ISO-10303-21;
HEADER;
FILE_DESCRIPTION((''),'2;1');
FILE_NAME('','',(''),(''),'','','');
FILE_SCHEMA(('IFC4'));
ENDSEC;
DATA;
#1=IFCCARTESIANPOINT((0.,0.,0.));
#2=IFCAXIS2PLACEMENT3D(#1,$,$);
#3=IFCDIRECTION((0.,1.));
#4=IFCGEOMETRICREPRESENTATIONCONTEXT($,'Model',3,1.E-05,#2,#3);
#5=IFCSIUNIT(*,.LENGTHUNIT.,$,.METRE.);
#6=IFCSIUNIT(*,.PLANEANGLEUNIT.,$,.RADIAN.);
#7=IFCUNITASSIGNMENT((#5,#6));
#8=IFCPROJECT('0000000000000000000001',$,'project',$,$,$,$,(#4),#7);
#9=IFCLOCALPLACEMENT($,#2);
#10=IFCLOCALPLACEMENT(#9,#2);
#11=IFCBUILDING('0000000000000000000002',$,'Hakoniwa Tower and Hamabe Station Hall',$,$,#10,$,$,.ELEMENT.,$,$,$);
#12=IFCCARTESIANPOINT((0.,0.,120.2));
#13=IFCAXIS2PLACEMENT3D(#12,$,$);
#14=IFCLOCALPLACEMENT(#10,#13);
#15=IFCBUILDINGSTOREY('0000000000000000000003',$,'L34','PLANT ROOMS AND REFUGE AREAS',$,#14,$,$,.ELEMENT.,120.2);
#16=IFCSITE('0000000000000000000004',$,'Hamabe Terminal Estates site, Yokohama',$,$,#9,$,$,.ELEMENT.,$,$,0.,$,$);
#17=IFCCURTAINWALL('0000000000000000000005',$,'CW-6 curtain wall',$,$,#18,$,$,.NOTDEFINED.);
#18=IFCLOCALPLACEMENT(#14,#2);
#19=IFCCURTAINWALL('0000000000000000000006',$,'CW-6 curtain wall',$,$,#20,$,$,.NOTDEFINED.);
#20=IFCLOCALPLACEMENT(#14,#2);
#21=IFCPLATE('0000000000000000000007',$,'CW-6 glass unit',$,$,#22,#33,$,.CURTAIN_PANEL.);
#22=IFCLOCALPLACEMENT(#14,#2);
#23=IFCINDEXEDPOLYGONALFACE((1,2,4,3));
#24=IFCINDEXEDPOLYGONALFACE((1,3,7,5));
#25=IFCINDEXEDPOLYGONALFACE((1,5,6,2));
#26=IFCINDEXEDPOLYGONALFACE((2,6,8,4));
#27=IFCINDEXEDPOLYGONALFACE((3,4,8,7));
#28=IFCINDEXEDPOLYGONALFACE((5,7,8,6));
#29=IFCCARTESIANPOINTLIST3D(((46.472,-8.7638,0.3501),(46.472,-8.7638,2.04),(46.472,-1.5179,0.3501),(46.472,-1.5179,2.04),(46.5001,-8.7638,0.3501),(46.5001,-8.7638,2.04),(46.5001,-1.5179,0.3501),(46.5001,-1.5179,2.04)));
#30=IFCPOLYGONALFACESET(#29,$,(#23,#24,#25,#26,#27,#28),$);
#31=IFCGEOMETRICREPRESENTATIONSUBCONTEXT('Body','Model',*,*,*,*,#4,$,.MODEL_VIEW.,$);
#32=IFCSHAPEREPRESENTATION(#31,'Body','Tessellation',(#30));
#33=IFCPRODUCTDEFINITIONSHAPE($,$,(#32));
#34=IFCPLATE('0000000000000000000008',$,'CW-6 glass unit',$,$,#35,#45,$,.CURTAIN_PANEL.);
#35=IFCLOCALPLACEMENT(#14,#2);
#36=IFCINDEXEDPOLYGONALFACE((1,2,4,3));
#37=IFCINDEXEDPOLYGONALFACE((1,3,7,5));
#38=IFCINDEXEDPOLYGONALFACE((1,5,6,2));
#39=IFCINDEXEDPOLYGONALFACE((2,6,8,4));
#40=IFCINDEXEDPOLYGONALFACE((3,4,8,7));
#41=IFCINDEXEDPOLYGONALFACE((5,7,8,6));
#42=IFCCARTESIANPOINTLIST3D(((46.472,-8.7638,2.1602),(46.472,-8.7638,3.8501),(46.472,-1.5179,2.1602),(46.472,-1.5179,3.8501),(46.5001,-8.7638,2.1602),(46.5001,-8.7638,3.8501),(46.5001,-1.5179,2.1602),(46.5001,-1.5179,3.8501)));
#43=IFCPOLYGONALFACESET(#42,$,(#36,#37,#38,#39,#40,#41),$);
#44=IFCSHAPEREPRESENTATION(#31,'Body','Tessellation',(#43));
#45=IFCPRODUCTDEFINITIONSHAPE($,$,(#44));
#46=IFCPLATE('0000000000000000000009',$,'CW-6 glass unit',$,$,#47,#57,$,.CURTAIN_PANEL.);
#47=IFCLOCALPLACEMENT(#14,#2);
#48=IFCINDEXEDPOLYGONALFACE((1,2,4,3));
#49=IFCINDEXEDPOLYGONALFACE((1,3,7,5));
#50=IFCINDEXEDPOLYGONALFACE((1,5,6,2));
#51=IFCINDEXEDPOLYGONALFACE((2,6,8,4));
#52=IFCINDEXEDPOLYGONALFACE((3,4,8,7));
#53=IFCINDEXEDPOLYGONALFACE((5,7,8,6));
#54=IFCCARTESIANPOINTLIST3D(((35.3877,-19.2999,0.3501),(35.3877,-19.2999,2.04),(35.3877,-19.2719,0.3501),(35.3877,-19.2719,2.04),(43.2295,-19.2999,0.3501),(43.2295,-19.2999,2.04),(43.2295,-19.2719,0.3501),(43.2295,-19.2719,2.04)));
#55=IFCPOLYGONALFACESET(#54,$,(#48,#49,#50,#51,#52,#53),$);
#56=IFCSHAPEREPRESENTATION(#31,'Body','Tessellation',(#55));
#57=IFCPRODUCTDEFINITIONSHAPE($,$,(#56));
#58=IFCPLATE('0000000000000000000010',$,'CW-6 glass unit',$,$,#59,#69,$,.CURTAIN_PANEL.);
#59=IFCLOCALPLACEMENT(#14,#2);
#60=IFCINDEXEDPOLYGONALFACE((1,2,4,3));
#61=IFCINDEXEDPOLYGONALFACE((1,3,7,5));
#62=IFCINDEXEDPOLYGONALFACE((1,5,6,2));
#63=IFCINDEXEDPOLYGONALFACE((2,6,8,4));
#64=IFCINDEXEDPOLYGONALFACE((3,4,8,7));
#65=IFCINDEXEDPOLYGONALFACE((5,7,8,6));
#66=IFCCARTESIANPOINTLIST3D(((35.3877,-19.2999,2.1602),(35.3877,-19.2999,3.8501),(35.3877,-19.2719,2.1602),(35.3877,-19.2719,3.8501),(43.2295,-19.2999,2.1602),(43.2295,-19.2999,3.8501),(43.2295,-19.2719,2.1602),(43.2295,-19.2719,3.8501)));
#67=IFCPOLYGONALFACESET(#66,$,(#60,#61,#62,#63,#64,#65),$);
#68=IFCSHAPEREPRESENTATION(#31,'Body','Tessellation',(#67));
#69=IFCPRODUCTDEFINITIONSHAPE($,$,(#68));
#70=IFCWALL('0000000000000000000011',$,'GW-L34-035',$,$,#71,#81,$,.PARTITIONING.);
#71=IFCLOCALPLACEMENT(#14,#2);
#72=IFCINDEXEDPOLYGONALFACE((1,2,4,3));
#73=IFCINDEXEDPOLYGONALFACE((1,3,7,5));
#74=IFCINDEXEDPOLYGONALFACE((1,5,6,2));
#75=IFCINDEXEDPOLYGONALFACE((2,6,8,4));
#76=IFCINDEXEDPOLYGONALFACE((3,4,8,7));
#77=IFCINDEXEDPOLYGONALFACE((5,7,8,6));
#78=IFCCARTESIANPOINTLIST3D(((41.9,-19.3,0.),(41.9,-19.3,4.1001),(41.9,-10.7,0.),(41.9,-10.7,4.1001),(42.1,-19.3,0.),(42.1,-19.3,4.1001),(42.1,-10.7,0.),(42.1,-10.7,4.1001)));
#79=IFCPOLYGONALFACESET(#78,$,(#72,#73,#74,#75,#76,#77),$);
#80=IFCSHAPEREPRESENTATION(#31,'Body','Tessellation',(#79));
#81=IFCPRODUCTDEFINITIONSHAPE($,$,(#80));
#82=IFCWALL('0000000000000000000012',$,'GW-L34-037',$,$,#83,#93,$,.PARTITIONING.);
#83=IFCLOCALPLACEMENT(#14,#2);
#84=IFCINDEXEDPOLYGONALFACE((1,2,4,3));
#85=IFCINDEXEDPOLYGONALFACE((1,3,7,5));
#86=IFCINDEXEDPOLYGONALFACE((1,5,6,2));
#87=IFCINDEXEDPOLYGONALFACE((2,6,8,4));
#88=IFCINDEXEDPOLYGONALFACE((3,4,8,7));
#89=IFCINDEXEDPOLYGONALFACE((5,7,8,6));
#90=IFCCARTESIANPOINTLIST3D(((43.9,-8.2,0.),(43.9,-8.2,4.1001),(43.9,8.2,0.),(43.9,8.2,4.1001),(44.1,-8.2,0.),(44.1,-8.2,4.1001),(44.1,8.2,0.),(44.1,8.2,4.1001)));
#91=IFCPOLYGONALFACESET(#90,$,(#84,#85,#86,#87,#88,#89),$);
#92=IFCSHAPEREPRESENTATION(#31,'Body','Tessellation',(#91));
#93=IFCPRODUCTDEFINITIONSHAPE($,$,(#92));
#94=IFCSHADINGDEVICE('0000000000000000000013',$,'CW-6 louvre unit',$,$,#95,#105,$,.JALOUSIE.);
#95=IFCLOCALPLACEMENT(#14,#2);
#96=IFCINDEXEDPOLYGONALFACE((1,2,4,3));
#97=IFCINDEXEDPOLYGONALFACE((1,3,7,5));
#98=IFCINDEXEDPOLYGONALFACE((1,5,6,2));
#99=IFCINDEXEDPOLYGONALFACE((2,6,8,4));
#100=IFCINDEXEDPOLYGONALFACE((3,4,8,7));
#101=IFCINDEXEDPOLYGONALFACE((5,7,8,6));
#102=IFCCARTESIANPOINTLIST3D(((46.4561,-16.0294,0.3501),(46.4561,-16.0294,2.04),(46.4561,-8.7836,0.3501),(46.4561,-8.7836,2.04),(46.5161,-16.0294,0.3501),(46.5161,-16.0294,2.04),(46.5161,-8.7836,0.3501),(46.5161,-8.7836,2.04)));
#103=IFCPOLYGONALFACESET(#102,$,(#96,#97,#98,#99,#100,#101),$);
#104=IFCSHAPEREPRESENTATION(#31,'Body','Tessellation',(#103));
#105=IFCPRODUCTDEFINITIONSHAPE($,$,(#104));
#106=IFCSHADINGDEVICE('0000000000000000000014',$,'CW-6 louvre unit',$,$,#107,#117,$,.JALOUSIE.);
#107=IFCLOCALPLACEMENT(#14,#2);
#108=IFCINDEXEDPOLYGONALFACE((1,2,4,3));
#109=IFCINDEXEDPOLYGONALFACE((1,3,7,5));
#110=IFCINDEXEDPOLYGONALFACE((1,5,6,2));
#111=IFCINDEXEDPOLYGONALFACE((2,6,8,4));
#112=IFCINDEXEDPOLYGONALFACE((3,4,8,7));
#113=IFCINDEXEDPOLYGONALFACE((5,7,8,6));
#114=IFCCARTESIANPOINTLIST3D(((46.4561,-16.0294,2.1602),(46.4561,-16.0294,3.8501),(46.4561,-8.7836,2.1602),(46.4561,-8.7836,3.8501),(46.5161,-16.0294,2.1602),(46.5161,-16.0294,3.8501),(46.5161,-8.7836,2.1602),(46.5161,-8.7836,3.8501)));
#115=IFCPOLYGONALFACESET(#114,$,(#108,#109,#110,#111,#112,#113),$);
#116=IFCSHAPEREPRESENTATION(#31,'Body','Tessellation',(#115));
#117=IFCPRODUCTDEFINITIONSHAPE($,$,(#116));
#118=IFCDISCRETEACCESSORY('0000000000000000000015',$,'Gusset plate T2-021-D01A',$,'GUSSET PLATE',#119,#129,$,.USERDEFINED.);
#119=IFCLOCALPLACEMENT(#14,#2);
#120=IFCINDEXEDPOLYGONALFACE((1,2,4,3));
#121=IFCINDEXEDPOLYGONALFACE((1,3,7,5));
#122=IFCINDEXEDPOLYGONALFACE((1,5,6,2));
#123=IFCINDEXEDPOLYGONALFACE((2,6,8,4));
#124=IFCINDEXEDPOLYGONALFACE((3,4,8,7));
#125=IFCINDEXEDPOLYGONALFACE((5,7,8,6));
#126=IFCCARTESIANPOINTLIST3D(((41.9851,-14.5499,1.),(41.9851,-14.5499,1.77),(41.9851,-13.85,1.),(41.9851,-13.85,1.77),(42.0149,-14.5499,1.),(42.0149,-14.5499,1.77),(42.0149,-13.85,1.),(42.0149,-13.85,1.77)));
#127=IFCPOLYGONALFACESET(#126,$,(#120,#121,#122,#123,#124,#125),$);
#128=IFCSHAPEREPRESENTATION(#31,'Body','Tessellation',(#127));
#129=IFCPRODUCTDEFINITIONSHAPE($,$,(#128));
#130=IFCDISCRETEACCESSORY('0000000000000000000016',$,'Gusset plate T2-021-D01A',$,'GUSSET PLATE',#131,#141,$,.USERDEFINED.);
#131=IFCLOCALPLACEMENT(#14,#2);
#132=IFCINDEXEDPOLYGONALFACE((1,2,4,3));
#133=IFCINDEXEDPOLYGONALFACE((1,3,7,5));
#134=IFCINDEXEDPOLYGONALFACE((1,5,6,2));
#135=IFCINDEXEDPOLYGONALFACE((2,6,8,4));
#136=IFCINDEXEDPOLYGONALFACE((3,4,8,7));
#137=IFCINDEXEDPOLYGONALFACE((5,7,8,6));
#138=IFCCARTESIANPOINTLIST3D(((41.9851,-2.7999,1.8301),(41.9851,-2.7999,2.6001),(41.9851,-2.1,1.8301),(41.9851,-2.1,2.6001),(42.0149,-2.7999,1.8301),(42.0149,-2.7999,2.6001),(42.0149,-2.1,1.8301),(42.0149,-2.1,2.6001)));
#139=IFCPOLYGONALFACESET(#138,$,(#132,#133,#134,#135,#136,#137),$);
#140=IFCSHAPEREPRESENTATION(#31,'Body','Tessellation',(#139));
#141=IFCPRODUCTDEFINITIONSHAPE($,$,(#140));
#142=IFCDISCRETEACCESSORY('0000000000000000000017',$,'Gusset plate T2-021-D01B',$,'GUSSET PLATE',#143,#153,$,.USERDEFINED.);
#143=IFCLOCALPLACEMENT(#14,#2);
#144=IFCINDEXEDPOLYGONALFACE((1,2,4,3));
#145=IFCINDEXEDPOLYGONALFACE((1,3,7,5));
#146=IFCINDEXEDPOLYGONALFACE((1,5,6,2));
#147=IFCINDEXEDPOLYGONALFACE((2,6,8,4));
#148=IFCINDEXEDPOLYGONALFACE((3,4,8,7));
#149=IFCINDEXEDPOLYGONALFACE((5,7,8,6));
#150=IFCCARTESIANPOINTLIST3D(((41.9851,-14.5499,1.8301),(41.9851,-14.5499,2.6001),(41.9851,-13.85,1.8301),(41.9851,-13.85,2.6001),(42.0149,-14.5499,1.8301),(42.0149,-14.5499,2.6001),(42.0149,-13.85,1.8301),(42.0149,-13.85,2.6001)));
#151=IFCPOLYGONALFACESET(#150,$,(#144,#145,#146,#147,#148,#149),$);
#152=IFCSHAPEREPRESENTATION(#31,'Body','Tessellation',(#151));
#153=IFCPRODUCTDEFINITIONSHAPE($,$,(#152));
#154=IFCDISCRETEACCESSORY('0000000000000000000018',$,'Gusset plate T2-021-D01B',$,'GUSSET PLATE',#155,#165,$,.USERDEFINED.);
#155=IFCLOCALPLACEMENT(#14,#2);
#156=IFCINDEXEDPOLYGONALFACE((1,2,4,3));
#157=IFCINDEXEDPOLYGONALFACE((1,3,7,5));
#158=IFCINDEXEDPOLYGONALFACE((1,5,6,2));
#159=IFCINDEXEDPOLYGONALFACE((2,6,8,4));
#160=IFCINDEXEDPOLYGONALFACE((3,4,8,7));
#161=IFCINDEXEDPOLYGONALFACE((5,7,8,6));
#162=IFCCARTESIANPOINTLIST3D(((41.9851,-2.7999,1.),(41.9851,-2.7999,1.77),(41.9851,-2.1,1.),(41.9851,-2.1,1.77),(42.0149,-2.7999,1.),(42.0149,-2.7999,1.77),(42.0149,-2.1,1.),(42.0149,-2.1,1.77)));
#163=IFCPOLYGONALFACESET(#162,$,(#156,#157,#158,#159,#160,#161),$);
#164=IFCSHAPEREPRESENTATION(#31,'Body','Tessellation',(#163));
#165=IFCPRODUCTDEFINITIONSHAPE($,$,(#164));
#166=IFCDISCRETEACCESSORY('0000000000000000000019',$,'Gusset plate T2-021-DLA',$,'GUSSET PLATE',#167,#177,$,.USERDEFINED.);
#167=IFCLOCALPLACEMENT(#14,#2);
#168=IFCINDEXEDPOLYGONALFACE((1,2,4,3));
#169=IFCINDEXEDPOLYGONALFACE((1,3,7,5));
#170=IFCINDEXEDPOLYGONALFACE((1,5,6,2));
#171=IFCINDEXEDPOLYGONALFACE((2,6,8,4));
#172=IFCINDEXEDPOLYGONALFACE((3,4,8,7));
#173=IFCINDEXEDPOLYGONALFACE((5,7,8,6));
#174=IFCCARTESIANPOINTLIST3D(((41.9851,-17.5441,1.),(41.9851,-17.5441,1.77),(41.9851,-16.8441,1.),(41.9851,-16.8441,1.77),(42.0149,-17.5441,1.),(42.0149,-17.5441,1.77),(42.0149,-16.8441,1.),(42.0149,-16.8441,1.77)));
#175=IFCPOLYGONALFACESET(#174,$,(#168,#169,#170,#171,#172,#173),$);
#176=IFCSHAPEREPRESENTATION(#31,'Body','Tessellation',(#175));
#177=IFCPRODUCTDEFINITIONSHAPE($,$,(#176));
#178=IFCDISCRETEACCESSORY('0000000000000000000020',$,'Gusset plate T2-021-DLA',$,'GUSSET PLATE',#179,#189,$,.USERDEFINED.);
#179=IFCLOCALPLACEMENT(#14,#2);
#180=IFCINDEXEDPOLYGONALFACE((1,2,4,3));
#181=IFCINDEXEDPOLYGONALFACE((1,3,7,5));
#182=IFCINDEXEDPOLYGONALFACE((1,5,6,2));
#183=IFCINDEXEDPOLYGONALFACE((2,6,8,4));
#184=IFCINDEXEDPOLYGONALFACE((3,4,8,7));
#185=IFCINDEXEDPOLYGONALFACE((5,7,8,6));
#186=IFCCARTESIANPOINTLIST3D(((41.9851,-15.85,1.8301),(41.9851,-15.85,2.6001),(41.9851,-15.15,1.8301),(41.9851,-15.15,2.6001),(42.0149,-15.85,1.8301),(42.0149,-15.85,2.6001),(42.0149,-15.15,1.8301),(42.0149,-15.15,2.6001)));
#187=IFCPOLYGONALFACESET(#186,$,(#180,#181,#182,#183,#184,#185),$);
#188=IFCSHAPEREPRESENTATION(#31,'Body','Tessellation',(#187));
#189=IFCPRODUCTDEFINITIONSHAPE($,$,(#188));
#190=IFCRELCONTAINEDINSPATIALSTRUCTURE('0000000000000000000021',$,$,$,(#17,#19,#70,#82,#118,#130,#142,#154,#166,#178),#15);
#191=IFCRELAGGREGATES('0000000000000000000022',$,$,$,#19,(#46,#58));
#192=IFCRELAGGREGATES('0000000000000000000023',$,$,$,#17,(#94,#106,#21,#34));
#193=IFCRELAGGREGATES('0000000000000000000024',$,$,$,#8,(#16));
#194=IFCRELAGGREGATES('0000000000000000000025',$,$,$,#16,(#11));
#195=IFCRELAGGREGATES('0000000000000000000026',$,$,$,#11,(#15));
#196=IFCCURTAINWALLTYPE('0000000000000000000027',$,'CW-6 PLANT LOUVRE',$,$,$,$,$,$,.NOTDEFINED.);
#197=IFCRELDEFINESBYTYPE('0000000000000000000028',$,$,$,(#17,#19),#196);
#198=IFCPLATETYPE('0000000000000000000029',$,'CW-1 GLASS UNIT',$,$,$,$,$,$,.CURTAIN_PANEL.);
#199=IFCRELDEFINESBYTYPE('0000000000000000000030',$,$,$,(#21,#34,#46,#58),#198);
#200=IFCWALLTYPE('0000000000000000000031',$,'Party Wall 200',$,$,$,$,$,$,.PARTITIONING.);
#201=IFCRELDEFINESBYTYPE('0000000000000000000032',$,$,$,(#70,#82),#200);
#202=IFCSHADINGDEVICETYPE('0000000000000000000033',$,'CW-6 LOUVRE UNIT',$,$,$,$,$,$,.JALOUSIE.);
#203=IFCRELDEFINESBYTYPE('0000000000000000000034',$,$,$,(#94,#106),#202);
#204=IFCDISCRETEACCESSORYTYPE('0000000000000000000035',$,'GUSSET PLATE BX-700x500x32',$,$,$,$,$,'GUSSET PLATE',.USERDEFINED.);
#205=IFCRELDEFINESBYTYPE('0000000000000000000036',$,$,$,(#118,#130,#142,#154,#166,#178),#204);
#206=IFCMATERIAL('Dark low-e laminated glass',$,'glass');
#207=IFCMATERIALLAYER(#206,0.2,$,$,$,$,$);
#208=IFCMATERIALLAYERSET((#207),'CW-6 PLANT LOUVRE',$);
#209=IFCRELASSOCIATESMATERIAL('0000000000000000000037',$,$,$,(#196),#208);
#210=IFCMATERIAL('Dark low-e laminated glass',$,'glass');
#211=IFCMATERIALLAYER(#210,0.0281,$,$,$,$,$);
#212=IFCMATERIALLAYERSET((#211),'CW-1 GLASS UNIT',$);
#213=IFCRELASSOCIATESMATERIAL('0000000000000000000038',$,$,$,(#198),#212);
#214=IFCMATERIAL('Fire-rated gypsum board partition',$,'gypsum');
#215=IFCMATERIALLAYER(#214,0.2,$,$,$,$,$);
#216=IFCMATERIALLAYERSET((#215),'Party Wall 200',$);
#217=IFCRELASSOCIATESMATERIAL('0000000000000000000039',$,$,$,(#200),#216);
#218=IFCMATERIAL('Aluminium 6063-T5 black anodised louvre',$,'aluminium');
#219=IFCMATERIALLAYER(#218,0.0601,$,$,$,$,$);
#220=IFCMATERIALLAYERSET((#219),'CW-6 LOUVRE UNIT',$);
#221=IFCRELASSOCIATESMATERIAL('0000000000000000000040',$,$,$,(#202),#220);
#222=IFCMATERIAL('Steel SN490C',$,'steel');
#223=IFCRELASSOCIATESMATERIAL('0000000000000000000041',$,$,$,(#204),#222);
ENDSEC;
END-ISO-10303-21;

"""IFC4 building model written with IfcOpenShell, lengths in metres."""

from ifc_helpers import new_model, si_unit, direction, frame, frame_2d, origin, origin_2d, place, context, subcontext, project, spatial, rectangle, extrude, material, layer, layer_set, material_profile, profile_set, type_object, element, aggregate, save


model = new_model("IFC4")

# Units and contexts
model_context = context("Model", 3, precision=1e-05, world=origin(), true_north=direction((0.0, 1.0)))
body_context = subcontext(model_context, "Body", "Model", "MODEL_VIEW")
ifc_project = project(units=[si_unit("LENGTHUNIT", "METRE"), si_unit("PLANEANGLEUNIT", "RADIAN")], contexts=[model_context])

# Site, building, storey
site_placement = place(None, origin())
site = spatial("IfcSite", under=ifc_project, at=site_placement, Name="Hamabe Terminal Estates site, Yokohama", CompositionType="ELEMENT", RefElevation=0.0)
building_placement = place(site_placement, origin())
building = spatial("IfcBuilding", under=site, at=building_placement, Name="Hakoniwa Tower and Hamabe Station Hall", CompositionType="ELEMENT")
storey_placement = place(building_placement, frame((0.0, 0.0, 120.2)))
storey = spatial("IfcBuildingStorey", under=building, at=storey_placement, Name="L34", Description="PLANT ROOMS AND REFUGE AREAS", CompositionType="ELEMENT", Elevation=120.2)

# Curtain walls
ifc_material_1 = material(Name="Dark low-e laminated glass", Category="glass")
ifc_layer_1 = layer(ifc_material_1, 0.2)
ifc_layer_set_1 = layer_set([ifc_layer_1], Name="CW-6 PLANT LOUVRE")
curtain_wall_type = type_object("IfcCurtainWallType", Name="CW-6 PLANT LOUVRE", PredefinedType="NOTDEFINED", material=ifc_layer_set_1)
curtain_wall_1_placement = place(storey_placement, origin())
curtain_wall_1 = element("IfcCurtainWall", 1, at=curtain_wall_1_placement, inside=storey, type_object=curtain_wall_type, Name="CW-6 curtain wall", PredefinedType="NOTDEFINED")
curtain_wall_2_placement = place(storey_placement, origin())
curtain_wall_2 = element("IfcCurtainWall", 2, at=curtain_wall_2_placement, inside=storey, type_object=curtain_wall_type, Name="CW-6 curtain wall", PredefinedType="NOTDEFINED")

# Plates
ifc_material_2 = material(Name="Dark low-e laminated glass", Category="glass")
ifc_layer_2 = layer(ifc_material_2, 0.0281)
ifc_layer_set_2 = layer_set([ifc_layer_2], Name="CW-1 GLASS UNIT")
plate_type = type_object("IfcPlateType", Name="CW-1 GLASS UNIT", PredefinedType="CURTAIN_PANEL", material=ifc_layer_set_2)
plate_1_placement = place(storey_placement, frame((46.4861, -5.1409, 0.3501), z_axis=(0.0, 0.0, 1.0), x_axis=(0.0, 1.0, 0.0)))
plate_1 = element("IfcPlate", 3, at=plate_1_placement, type_object=plate_type, Name="CW-6 glass unit", PredefinedType="CURTAIN_PANEL", context=body_context, shape_type="SweptSolid", body=[
    extrude(rectangle(XDim=7.2458, YDim=0.0281, at=origin_2d()), origin(), (0.0, 0.0, 1.0), 1.6899),
])
plate_2_placement = place(storey_placement, frame((46.4861, -5.1409, 2.1602), z_axis=(0.0, 0.0, 1.0), x_axis=(0.0, 1.0, 0.0)))
plate_2 = element("IfcPlate", 4, at=plate_2_placement, type_object=plate_type, Name="CW-6 glass unit", PredefinedType="CURTAIN_PANEL", context=body_context, shape_type="SweptSolid", body=[
    extrude(rectangle(XDim=7.2458, YDim=0.0281, at=origin_2d()), origin(), (0.0, 0.0, 1.0), 1.6899),
])
plate_3_placement = place(storey_placement, frame((39.3086, -19.2859, 0.3501), z_axis=(0.0, 0.0, 1.0), x_axis=(1.0, 0.0, 0.0)))
plate_3 = element("IfcPlate", 5, at=plate_3_placement, type_object=plate_type, Name="CW-6 glass unit", PredefinedType="CURTAIN_PANEL", context=body_context, shape_type="SweptSolid", body=[
    extrude(rectangle(XDim=7.8418, YDim=0.0281, at=origin_2d()), origin(), (0.0, 0.0, 1.0), 1.6899),
])
plate_4_placement = place(storey_placement, frame((39.3086, -19.2859, 2.1602), z_axis=(0.0, 0.0, 1.0), x_axis=(1.0, 0.0, 0.0)))
plate_4 = element("IfcPlate", 6, at=plate_4_placement, type_object=plate_type, Name="CW-6 glass unit", PredefinedType="CURTAIN_PANEL", context=body_context, shape_type="SweptSolid", body=[
    extrude(rectangle(XDim=7.8418, YDim=0.0281, at=origin_2d()), origin(), (0.0, 0.0, 1.0), 1.6899),
])
aggregate(curtain_wall_2, [plate_3, plate_4])

# Walls
ifc_material_3 = material(Name="Fire-rated gypsum board partition", Category="gypsum")
ifc_layer_3 = layer(ifc_material_3, 0.2)
ifc_layer_set_3 = layer_set([ifc_layer_3], Name="Party Wall 200")
wall_type = type_object("IfcWallType", Name="Party Wall 200", PredefinedType="PARTITIONING", material=ifc_layer_set_3)
wall_1_placement = place(storey_placement, frame((42.0, -19.3, 0.0), z_axis=(0.0, 0.0, 1.0), x_axis=(0.0, 1.0, 0.0)))
element("IfcWall", 7, at=wall_1_placement, inside=storey, type_object=wall_type, Name="GW-L34-035", PredefinedType="PARTITIONING", context=body_context, shape_type="SweptSolid", body=[
    extrude(rectangle(XDim=8.6001, YDim=0.2, at=frame_2d((4.3, 0.0))), origin(), (0.0, 0.0, 1.0), 4.1001),
])
wall_2_placement = place(storey_placement, frame((44.0, -8.2, 0.0), z_axis=(0.0, 0.0, 1.0), x_axis=(0.0, 1.0, 0.0)))
element("IfcWall", 8, at=wall_2_placement, inside=storey, type_object=wall_type, Name="GW-L34-037", PredefinedType="PARTITIONING", context=body_context, shape_type="SweptSolid", body=[
    extrude(rectangle(XDim=16.3999, YDim=0.2, at=frame_2d((8.2, 0.0))), origin(), (0.0, 0.0, 1.0), 4.1001),
])

# Shading devices
ifc_material_4 = material(Name="Aluminium 6063-T5 black anodised louvre", Category="aluminium")
ifc_layer_4 = layer(ifc_material_4, 0.0601)
ifc_layer_set_4 = layer_set([ifc_layer_4], Name="CW-6 LOUVRE UNIT")
shading_device_type = type_object("IfcShadingDeviceType", Name="CW-6 LOUVRE UNIT", PredefinedType="JALOUSIE", material=ifc_layer_set_4)
shading_device_1_placement = place(storey_placement, frame((46.4861, -12.4065, 0.3501), z_axis=(0.0, 0.0, 1.0), x_axis=(0.0, 1.0, 0.0)))
shading_device_1 = element("IfcShadingDevice", 9, at=shading_device_1_placement, type_object=shading_device_type, Name="CW-6 louvre unit", PredefinedType="JALOUSIE", context=body_context, shape_type="SweptSolid", body=[
    extrude(rectangle(XDim=7.2458, YDim=0.0601, at=origin_2d()), origin(), (0.0, 0.0, 1.0), 1.6899),
])
shading_device_2_placement = place(storey_placement, frame((46.4861, -12.4065, 2.1602), z_axis=(0.0, 0.0, 1.0), x_axis=(0.0, 1.0, 0.0)))
shading_device_2 = element("IfcShadingDevice", 10, at=shading_device_2_placement, type_object=shading_device_type, Name="CW-6 louvre unit", PredefinedType="JALOUSIE", context=body_context, shape_type="SweptSolid", body=[
    extrude(rectangle(XDim=7.2458, YDim=0.0601, at=origin_2d()), origin(), (0.0, 0.0, 1.0), 1.6899),
])
aggregate(curtain_wall_1, [shading_device_1, shading_device_2, plate_1, plate_2])

# Discrete accessories
ifc_material_5 = material(Name="Steel SN490C", Category="steel")
ifc_material_profile_1 = material_profile(ifc_material_5, rectangle(XDim=0.7, YDim=0.77, at=origin_2d()), Name="GUSSET PLATE BX-700x500x32")
ifc_profile_set_1 = profile_set([ifc_material_profile_1], Name="Steel SN490C")
discrete_accessory_type = type_object("IfcDiscreteAccessoryType", Name="GUSSET PLATE BX-700x500x32", ElementType="GUSSET PLATE", PredefinedType="USERDEFINED", material=ifc_profile_set_1)
for number, where, z_axis, x_axis, name in (
    (11, (42.0149, -14.2, 1.385), (-1.0, 0.0, 0.0), (0.0, -1.0, 0.0), "Gusset plate T2-021-D01A"),
    (12, (42.0149, -2.45, 2.2151), (-1.0, 0.0, 0.0), (0.0, -1.0, 0.0), "Gusset plate T2-021-D01A"),
    (13, (42.0149, -14.2, 2.2151), (-1.0, 0.0, 0.0), (0.0, -1.0, 0.0), "Gusset plate T2-021-D01B"),
    (14, (42.0149, -2.45, 1.385), (-1.0, 0.0, 0.0), (0.0, -1.0, 0.0), "Gusset plate T2-021-D01B"),
    (15, (42.0149, -17.1941, 1.385), (-1.0, 0.0, 0.0), (0.0, -1.0, 0.0), "Gusset plate T2-021-DLA"),
    (16, (42.0149, -15.5, 2.2151), (-1.0, 0.0, 0.0), (0.0, -1.0, 0.0), "Gusset plate T2-021-DLA"),
):
    element("IfcDiscreteAccessory", number, at=place(storey_placement, frame(where, z_axis=z_axis, x_axis=x_axis)), inside=storey, type_object=discrete_accessory_type, Name=name, ObjectType="GUSSET PLATE", PredefinedType="USERDEFINED", context=body_context, shape_type="SweptSolid", body=[
        extrude(rectangle(XDim=0.7, YDim=0.77, at=origin_2d()), origin(), (0.0, 0.0, 1.0), 0.0298),
    ])

save(model, "model.ifc")
